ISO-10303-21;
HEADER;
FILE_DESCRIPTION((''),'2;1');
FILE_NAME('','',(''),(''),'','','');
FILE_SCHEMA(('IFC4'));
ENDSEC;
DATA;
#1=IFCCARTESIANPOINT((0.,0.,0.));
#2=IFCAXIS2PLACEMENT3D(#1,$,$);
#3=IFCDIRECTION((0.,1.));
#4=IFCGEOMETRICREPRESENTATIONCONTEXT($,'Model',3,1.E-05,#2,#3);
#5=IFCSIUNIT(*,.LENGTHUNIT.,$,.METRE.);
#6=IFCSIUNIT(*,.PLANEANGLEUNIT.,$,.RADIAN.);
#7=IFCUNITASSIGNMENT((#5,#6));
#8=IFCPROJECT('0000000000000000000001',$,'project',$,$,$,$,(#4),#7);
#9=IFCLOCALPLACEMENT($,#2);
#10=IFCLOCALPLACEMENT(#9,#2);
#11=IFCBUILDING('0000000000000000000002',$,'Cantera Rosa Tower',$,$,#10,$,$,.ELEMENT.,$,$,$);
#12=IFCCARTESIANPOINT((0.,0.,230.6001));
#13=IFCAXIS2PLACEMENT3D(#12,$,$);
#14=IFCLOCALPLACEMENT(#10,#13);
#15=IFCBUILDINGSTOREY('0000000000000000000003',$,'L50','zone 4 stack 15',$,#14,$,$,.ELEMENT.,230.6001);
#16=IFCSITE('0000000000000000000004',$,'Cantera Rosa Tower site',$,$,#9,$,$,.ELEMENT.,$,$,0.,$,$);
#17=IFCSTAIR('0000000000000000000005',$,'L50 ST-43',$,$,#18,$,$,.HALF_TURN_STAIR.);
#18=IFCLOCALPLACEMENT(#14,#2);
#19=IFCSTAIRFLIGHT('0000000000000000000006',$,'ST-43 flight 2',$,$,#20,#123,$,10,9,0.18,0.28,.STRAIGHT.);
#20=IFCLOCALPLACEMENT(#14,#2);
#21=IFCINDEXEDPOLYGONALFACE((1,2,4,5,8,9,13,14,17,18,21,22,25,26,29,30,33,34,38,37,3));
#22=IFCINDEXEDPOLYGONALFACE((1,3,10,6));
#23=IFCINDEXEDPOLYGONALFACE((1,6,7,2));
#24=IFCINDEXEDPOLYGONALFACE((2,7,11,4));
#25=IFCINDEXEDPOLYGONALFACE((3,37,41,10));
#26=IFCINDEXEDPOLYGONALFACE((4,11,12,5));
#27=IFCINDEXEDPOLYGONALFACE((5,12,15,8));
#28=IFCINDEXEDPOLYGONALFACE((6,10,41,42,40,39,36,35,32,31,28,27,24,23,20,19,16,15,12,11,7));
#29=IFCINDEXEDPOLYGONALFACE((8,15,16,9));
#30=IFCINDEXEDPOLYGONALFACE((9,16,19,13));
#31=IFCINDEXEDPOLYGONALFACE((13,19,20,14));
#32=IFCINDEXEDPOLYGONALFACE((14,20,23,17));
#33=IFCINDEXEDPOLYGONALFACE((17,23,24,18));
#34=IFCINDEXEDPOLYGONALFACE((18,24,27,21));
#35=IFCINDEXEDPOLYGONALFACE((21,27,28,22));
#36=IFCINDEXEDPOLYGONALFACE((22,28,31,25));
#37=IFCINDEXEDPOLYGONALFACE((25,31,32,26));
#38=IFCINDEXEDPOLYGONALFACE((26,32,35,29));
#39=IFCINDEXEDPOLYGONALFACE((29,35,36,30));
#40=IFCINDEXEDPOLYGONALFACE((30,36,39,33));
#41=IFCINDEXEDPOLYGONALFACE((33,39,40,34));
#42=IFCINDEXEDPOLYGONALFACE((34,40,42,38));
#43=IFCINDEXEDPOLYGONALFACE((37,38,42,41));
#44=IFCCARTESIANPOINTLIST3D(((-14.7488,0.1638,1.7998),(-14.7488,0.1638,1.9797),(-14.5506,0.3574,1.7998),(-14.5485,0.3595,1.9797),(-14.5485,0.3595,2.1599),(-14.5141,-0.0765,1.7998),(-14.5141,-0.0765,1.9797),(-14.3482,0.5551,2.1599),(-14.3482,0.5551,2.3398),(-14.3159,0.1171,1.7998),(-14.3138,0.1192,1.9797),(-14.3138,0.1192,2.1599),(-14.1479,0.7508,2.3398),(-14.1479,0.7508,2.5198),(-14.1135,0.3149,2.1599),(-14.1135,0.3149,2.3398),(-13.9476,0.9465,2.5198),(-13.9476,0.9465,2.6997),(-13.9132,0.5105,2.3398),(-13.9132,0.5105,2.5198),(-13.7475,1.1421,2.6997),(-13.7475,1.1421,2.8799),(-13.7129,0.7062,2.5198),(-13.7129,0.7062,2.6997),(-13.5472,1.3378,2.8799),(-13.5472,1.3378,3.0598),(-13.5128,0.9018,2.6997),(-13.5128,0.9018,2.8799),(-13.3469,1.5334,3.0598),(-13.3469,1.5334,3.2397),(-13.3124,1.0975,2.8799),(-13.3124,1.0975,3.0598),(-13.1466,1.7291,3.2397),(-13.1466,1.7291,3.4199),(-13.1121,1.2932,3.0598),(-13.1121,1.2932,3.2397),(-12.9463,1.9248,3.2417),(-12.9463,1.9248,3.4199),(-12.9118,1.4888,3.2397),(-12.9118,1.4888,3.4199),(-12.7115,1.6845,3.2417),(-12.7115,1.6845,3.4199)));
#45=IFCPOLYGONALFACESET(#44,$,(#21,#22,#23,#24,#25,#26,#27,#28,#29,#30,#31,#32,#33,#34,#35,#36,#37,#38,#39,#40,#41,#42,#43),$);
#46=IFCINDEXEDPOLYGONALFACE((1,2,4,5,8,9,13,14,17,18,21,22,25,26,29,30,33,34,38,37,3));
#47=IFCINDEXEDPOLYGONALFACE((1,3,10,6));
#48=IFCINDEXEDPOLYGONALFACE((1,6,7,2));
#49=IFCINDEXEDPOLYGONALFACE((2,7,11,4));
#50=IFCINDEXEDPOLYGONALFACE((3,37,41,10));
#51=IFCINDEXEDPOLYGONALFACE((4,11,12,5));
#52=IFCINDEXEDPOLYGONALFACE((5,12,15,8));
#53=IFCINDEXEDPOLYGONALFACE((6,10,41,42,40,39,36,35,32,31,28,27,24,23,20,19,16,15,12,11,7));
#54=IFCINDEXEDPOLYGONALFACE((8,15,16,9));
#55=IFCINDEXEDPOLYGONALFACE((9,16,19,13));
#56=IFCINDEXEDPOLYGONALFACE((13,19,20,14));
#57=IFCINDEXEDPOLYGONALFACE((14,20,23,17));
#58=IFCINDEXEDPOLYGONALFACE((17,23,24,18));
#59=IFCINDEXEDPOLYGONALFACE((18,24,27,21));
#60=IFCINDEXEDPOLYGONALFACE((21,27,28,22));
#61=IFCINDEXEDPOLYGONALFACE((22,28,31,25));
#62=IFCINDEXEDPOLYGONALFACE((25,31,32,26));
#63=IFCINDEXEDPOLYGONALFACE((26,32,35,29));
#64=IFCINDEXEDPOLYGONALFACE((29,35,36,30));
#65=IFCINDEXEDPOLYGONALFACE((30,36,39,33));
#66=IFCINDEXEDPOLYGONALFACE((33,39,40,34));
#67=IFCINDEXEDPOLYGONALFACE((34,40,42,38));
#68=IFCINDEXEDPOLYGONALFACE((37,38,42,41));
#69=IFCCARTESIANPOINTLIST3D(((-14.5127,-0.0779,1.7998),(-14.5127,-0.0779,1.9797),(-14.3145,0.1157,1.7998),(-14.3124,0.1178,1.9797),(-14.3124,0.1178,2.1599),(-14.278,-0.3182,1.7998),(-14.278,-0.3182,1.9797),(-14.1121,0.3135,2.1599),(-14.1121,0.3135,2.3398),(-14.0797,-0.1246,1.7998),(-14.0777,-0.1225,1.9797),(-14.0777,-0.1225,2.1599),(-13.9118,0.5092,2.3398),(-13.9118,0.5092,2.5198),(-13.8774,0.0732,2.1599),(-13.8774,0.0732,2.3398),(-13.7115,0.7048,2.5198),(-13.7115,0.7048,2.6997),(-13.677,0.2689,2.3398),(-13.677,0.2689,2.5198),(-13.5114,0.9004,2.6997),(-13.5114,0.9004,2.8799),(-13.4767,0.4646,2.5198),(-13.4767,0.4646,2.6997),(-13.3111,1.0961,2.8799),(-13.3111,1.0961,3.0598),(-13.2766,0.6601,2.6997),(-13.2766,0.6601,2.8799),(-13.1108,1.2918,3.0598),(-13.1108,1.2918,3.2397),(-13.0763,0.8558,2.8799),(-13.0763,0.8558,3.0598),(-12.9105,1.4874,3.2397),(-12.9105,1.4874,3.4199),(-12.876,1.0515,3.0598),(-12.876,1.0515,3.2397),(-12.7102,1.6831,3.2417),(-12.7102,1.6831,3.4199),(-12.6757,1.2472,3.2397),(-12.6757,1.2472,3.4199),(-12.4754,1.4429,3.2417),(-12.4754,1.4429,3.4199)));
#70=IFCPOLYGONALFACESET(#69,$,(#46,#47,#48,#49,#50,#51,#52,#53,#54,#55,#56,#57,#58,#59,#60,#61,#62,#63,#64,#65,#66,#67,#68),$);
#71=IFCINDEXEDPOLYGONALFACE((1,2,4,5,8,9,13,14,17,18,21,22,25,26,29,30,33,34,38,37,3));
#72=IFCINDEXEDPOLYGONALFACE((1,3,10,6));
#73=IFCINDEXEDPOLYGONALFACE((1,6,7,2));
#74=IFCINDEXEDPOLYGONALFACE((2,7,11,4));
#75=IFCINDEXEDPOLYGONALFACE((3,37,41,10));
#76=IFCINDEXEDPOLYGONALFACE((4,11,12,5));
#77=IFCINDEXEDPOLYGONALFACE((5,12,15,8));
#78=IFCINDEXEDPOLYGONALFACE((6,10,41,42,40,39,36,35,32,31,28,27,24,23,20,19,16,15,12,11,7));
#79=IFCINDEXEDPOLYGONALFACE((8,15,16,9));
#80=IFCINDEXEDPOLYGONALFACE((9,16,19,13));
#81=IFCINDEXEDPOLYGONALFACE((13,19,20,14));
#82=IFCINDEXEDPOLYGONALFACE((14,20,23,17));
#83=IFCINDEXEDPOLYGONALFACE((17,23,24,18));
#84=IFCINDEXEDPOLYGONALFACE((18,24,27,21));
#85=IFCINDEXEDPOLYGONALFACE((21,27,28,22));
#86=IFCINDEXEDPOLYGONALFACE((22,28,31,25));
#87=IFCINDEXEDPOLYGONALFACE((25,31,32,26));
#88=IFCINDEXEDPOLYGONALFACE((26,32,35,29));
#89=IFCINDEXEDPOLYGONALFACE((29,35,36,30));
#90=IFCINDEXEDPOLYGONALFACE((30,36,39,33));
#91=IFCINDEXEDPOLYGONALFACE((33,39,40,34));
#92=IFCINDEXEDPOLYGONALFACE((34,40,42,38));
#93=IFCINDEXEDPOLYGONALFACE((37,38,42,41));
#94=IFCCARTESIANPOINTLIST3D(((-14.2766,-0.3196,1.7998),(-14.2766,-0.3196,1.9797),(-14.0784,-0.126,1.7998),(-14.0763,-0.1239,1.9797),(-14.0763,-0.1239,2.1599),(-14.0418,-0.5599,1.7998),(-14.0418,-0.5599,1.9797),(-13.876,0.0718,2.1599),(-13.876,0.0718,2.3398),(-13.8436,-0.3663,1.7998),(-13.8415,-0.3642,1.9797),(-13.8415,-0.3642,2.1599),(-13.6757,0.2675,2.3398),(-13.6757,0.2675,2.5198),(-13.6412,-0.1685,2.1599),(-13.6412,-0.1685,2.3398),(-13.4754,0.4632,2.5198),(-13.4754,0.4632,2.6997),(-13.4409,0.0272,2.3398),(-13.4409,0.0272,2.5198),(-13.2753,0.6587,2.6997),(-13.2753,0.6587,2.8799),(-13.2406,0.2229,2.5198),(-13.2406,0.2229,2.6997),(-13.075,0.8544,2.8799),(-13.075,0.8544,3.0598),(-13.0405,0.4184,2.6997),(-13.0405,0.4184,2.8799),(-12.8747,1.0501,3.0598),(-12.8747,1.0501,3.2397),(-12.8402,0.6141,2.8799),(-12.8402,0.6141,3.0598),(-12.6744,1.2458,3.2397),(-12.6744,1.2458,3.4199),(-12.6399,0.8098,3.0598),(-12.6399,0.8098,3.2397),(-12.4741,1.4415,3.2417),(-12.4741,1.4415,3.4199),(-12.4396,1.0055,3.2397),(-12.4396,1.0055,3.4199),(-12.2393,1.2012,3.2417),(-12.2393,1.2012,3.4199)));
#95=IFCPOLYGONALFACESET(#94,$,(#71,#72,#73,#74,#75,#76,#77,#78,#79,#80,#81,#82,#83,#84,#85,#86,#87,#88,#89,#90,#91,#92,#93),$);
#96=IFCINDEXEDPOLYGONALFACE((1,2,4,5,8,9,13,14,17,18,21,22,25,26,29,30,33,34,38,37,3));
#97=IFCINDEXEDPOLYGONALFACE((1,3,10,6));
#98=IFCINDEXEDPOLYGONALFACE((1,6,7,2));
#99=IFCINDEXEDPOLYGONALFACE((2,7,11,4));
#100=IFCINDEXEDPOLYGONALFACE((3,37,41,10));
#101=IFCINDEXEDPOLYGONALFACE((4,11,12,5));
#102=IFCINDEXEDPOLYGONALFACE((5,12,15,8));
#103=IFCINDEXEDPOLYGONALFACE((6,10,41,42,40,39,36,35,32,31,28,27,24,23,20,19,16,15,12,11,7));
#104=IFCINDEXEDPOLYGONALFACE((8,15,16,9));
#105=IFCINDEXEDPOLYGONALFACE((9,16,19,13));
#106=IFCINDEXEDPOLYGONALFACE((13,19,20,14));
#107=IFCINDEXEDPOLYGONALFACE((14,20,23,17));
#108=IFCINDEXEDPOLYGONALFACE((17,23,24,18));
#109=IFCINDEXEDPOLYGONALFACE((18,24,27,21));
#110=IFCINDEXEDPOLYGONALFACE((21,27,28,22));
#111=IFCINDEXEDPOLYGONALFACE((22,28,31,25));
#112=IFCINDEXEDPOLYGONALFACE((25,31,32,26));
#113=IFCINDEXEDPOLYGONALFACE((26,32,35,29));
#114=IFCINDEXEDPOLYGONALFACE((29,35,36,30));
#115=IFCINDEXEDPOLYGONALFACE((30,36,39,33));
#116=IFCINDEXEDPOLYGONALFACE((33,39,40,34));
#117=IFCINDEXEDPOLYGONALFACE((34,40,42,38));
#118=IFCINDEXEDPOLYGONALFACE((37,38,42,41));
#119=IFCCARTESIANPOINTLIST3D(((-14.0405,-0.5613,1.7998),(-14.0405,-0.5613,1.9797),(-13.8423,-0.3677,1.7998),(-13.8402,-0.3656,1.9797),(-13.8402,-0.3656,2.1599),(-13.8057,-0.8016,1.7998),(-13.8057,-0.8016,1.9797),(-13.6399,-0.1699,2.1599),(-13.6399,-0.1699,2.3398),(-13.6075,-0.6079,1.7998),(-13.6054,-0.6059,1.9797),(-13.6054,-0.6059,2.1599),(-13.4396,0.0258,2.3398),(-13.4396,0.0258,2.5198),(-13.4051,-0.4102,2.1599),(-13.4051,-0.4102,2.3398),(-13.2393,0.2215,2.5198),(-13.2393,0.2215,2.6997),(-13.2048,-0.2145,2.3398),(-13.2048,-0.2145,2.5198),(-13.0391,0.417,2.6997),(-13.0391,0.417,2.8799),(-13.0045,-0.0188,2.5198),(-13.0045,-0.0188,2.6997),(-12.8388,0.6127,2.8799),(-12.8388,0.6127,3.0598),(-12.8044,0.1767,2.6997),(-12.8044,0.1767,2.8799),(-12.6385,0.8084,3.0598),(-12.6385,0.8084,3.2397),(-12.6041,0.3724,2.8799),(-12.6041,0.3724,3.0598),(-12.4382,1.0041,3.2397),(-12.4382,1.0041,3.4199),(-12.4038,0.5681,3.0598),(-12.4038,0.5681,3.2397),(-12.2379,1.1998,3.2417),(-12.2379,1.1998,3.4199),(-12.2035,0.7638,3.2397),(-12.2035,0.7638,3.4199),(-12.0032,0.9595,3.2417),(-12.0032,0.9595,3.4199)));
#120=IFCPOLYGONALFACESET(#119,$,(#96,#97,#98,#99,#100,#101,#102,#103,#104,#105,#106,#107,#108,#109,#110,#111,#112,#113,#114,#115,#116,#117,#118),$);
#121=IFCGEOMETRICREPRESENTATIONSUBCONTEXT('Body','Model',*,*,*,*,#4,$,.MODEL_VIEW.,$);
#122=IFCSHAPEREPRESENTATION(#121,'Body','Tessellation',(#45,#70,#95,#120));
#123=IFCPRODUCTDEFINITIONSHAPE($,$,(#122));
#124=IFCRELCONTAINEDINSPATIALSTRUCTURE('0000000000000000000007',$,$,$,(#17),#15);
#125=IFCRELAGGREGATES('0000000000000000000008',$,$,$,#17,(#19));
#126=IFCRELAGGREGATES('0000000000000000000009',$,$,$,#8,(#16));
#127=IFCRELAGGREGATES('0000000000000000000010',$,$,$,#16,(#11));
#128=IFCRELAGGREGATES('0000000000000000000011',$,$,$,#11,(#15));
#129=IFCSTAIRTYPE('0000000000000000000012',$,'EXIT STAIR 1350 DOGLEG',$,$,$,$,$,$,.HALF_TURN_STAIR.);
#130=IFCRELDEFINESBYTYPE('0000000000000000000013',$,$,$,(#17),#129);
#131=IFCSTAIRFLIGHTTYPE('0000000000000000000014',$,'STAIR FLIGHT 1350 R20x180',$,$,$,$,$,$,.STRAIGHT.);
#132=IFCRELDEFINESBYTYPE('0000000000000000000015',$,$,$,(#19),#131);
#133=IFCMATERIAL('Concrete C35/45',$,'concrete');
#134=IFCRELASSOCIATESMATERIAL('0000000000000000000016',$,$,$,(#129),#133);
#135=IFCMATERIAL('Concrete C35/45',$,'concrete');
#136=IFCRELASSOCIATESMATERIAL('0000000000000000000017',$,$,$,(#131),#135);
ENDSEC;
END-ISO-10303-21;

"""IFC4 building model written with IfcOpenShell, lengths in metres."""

from ifc_helpers import new_model, si_unit, direction, frame, origin, place, context, subcontext, project, spatial, polyline, outline, extrude, material, type_object, element, aggregate, save


model = new_model("IFC4")

# Units and contexts
model_context = context("Model", 3, precision=1e-05, world=origin(), true_north=direction((0.0, 1.0)))
body_context = subcontext(model_context, "Body", "Model", "MODEL_VIEW")
ifc_project = project(units=[si_unit("LENGTHUNIT", "METRE"), si_unit("PLANEANGLEUNIT", "RADIAN")], contexts=[model_context])

# Site, building, storey
site_placement = place(None, origin())
site = spatial("IfcSite", under=ifc_project, at=site_placement, Name="Cantera Rosa Tower site", CompositionType="ELEMENT", RefElevation=0.0)
building_placement = place(site_placement, origin())
building = spatial("IfcBuilding", under=site, at=building_placement, Name="Cantera Rosa Tower", CompositionType="ELEMENT")
storey_placement = place(building_placement, frame((0.0, 0.0, 230.6001)))
storey = spatial("IfcBuildingStorey", under=building, at=storey_placement, Name="L50", Description="zone 4 stack 15", CompositionType="ELEMENT", Elevation=230.6001)

# Stair, stair flight
ifc_material_1 = material(Name="Concrete C35/45", Category="concrete")
stair_type = type_object("IfcStairType", Name="EXIT STAIR 1350 DOGLEG", PredefinedType="HALF_TURN_STAIR", material=ifc_material_1)
stair_1_placement = place(storey_placement, origin())
stair_1 = element("IfcStair", 1, at=stair_1_placement, inside=storey, type_object=stair_type, Name="L50 ST-43", PredefinedType="HALF_TURN_STAIR")
ifc_material_2 = material(Name="Concrete C35/45", Category="concrete")
stair_flight_type = type_object("IfcStairFlightType", Name="STAIR FLIGHT 1350 R20x180", PredefinedType="STRAIGHT", material=ifc_material_2)
stair_flight_1_placement = place(storey_placement, frame((-14.2771, -0.3191, 1.7998), z_axis=(0.0, 0.0, 1.0), x_axis=(0.715286, 0.698832, 0.0)))
stair_flight_1 = element("IfcStairFlight", 2, at=stair_flight_1_placement, type_object=stair_flight_type, Name="ST-43 flight 2", NumberOfRisers=10, NumberOfTreads=9, PredefinedType="STRAIGHT", RiserHeight=0.18, TreadLength=0.28, context=body_context, shape_type="SweptSolid", body=[
    extrude(outline(polyline([(0.0, 0.0), (0.0, 0.1799), (0.28, 0.1799), (0.28, 0.3601), (0.5601, 0.3601), (0.5601, 0.54), (0.8401, 0.54), (0.8401, 0.72), (1.1201, 0.72), (1.1201, 0.8999), (1.3999, 0.8999), (1.3999, 1.0801), (1.6799, 1.0801), (1.6799, 1.26), (1.96, 1.26), (1.96, 1.4399), (2.24, 1.4399), (2.24, 1.6201), (2.52, 1.6201), (2.52, 1.8), (2.52, 1.4419), (0.2771, 0.0), (0.0, 0.0)])), frame((0.0, 0.675, 0.0), z_axis=(0.0, -1.0, 0.0), x_axis=(1.0, 0.0, 0.0)), (0.0, 0.0, 1.0), 0.3359),
    extrude(outline(polyline([(0.0, 0.0), (0.0, 0.1799), (0.28, 0.1799), (0.28, 0.3601), (0.5601, 0.3601), (0.5601, 0.54), (0.8401, 0.54), (0.8401, 0.72), (1.1201, 0.72), (1.1201, 0.8999), (1.3999, 0.8999), (1.3999, 1.0801), (1.6799, 1.0801), (1.6799, 1.26), (1.96, 1.26), (1.96, 1.4399), (2.24, 1.4399), (2.24, 1.6201), (2.52, 1.6201), (2.52, 1.8), (2.52, 1.4419), (0.2771, 0.0), (0.0, 0.0)])), frame((0.0, 0.3372, 0.0), z_axis=(0.0, -1.0, 0.0), x_axis=(1.0, 0.0, 0.0)), (0.0, 0.0, 1.0), 0.3359),
    extrude(outline(polyline([(0.0, 0.0), (0.0, 0.1799), (0.28, 0.1799), (0.28, 0.3601), (0.5601, 0.3601), (0.5601, 0.54), (0.8401, 0.54), (0.8401, 0.72), (1.1201, 0.72), (1.1201, 0.8999), (1.3999, 0.8999), (1.3999, 1.0801), (1.6799, 1.0801), (1.6799, 1.26), (1.96, 1.26), (1.96, 1.4399), (2.24, 1.4399), (2.24, 1.6201), (2.52, 1.6201), (2.52, 1.8), (2.52, 1.4419), (0.2771, 0.0), (0.0, 0.0)])), frame((0.0, -0.0007, 0.0), z_axis=(0.0, -1.0, 0.0), x_axis=(1.0, 0.0, 0.0)), (0.0, 0.0, 1.0), 0.3359),
    extrude(outline(polyline([(0.0, 0.0), (0.0, 0.1799), (0.28, 0.1799), (0.28, 0.3601), (0.5601, 0.3601), (0.5601, 0.54), (0.8401, 0.54), (0.8401, 0.72), (1.1201, 0.72), (1.1201, 0.8999), (1.3999, 0.8999), (1.3999, 1.0801), (1.6799, 1.0801), (1.6799, 1.26), (1.96, 1.26), (1.96, 1.4399), (2.24, 1.4399), (2.24, 1.6201), (2.52, 1.6201), (2.52, 1.8), (2.52, 1.4419), (0.2771, 0.0), (0.0, 0.0)])), frame((0.0, -0.3386, 0.0), z_axis=(0.0, -1.0, 0.0), x_axis=(1.0, 0.0, 0.0)), (0.0, 0.0, 1.0), 0.3359),
])
aggregate(stair_1, [stair_flight_1])

save(model, "model.ifc")
